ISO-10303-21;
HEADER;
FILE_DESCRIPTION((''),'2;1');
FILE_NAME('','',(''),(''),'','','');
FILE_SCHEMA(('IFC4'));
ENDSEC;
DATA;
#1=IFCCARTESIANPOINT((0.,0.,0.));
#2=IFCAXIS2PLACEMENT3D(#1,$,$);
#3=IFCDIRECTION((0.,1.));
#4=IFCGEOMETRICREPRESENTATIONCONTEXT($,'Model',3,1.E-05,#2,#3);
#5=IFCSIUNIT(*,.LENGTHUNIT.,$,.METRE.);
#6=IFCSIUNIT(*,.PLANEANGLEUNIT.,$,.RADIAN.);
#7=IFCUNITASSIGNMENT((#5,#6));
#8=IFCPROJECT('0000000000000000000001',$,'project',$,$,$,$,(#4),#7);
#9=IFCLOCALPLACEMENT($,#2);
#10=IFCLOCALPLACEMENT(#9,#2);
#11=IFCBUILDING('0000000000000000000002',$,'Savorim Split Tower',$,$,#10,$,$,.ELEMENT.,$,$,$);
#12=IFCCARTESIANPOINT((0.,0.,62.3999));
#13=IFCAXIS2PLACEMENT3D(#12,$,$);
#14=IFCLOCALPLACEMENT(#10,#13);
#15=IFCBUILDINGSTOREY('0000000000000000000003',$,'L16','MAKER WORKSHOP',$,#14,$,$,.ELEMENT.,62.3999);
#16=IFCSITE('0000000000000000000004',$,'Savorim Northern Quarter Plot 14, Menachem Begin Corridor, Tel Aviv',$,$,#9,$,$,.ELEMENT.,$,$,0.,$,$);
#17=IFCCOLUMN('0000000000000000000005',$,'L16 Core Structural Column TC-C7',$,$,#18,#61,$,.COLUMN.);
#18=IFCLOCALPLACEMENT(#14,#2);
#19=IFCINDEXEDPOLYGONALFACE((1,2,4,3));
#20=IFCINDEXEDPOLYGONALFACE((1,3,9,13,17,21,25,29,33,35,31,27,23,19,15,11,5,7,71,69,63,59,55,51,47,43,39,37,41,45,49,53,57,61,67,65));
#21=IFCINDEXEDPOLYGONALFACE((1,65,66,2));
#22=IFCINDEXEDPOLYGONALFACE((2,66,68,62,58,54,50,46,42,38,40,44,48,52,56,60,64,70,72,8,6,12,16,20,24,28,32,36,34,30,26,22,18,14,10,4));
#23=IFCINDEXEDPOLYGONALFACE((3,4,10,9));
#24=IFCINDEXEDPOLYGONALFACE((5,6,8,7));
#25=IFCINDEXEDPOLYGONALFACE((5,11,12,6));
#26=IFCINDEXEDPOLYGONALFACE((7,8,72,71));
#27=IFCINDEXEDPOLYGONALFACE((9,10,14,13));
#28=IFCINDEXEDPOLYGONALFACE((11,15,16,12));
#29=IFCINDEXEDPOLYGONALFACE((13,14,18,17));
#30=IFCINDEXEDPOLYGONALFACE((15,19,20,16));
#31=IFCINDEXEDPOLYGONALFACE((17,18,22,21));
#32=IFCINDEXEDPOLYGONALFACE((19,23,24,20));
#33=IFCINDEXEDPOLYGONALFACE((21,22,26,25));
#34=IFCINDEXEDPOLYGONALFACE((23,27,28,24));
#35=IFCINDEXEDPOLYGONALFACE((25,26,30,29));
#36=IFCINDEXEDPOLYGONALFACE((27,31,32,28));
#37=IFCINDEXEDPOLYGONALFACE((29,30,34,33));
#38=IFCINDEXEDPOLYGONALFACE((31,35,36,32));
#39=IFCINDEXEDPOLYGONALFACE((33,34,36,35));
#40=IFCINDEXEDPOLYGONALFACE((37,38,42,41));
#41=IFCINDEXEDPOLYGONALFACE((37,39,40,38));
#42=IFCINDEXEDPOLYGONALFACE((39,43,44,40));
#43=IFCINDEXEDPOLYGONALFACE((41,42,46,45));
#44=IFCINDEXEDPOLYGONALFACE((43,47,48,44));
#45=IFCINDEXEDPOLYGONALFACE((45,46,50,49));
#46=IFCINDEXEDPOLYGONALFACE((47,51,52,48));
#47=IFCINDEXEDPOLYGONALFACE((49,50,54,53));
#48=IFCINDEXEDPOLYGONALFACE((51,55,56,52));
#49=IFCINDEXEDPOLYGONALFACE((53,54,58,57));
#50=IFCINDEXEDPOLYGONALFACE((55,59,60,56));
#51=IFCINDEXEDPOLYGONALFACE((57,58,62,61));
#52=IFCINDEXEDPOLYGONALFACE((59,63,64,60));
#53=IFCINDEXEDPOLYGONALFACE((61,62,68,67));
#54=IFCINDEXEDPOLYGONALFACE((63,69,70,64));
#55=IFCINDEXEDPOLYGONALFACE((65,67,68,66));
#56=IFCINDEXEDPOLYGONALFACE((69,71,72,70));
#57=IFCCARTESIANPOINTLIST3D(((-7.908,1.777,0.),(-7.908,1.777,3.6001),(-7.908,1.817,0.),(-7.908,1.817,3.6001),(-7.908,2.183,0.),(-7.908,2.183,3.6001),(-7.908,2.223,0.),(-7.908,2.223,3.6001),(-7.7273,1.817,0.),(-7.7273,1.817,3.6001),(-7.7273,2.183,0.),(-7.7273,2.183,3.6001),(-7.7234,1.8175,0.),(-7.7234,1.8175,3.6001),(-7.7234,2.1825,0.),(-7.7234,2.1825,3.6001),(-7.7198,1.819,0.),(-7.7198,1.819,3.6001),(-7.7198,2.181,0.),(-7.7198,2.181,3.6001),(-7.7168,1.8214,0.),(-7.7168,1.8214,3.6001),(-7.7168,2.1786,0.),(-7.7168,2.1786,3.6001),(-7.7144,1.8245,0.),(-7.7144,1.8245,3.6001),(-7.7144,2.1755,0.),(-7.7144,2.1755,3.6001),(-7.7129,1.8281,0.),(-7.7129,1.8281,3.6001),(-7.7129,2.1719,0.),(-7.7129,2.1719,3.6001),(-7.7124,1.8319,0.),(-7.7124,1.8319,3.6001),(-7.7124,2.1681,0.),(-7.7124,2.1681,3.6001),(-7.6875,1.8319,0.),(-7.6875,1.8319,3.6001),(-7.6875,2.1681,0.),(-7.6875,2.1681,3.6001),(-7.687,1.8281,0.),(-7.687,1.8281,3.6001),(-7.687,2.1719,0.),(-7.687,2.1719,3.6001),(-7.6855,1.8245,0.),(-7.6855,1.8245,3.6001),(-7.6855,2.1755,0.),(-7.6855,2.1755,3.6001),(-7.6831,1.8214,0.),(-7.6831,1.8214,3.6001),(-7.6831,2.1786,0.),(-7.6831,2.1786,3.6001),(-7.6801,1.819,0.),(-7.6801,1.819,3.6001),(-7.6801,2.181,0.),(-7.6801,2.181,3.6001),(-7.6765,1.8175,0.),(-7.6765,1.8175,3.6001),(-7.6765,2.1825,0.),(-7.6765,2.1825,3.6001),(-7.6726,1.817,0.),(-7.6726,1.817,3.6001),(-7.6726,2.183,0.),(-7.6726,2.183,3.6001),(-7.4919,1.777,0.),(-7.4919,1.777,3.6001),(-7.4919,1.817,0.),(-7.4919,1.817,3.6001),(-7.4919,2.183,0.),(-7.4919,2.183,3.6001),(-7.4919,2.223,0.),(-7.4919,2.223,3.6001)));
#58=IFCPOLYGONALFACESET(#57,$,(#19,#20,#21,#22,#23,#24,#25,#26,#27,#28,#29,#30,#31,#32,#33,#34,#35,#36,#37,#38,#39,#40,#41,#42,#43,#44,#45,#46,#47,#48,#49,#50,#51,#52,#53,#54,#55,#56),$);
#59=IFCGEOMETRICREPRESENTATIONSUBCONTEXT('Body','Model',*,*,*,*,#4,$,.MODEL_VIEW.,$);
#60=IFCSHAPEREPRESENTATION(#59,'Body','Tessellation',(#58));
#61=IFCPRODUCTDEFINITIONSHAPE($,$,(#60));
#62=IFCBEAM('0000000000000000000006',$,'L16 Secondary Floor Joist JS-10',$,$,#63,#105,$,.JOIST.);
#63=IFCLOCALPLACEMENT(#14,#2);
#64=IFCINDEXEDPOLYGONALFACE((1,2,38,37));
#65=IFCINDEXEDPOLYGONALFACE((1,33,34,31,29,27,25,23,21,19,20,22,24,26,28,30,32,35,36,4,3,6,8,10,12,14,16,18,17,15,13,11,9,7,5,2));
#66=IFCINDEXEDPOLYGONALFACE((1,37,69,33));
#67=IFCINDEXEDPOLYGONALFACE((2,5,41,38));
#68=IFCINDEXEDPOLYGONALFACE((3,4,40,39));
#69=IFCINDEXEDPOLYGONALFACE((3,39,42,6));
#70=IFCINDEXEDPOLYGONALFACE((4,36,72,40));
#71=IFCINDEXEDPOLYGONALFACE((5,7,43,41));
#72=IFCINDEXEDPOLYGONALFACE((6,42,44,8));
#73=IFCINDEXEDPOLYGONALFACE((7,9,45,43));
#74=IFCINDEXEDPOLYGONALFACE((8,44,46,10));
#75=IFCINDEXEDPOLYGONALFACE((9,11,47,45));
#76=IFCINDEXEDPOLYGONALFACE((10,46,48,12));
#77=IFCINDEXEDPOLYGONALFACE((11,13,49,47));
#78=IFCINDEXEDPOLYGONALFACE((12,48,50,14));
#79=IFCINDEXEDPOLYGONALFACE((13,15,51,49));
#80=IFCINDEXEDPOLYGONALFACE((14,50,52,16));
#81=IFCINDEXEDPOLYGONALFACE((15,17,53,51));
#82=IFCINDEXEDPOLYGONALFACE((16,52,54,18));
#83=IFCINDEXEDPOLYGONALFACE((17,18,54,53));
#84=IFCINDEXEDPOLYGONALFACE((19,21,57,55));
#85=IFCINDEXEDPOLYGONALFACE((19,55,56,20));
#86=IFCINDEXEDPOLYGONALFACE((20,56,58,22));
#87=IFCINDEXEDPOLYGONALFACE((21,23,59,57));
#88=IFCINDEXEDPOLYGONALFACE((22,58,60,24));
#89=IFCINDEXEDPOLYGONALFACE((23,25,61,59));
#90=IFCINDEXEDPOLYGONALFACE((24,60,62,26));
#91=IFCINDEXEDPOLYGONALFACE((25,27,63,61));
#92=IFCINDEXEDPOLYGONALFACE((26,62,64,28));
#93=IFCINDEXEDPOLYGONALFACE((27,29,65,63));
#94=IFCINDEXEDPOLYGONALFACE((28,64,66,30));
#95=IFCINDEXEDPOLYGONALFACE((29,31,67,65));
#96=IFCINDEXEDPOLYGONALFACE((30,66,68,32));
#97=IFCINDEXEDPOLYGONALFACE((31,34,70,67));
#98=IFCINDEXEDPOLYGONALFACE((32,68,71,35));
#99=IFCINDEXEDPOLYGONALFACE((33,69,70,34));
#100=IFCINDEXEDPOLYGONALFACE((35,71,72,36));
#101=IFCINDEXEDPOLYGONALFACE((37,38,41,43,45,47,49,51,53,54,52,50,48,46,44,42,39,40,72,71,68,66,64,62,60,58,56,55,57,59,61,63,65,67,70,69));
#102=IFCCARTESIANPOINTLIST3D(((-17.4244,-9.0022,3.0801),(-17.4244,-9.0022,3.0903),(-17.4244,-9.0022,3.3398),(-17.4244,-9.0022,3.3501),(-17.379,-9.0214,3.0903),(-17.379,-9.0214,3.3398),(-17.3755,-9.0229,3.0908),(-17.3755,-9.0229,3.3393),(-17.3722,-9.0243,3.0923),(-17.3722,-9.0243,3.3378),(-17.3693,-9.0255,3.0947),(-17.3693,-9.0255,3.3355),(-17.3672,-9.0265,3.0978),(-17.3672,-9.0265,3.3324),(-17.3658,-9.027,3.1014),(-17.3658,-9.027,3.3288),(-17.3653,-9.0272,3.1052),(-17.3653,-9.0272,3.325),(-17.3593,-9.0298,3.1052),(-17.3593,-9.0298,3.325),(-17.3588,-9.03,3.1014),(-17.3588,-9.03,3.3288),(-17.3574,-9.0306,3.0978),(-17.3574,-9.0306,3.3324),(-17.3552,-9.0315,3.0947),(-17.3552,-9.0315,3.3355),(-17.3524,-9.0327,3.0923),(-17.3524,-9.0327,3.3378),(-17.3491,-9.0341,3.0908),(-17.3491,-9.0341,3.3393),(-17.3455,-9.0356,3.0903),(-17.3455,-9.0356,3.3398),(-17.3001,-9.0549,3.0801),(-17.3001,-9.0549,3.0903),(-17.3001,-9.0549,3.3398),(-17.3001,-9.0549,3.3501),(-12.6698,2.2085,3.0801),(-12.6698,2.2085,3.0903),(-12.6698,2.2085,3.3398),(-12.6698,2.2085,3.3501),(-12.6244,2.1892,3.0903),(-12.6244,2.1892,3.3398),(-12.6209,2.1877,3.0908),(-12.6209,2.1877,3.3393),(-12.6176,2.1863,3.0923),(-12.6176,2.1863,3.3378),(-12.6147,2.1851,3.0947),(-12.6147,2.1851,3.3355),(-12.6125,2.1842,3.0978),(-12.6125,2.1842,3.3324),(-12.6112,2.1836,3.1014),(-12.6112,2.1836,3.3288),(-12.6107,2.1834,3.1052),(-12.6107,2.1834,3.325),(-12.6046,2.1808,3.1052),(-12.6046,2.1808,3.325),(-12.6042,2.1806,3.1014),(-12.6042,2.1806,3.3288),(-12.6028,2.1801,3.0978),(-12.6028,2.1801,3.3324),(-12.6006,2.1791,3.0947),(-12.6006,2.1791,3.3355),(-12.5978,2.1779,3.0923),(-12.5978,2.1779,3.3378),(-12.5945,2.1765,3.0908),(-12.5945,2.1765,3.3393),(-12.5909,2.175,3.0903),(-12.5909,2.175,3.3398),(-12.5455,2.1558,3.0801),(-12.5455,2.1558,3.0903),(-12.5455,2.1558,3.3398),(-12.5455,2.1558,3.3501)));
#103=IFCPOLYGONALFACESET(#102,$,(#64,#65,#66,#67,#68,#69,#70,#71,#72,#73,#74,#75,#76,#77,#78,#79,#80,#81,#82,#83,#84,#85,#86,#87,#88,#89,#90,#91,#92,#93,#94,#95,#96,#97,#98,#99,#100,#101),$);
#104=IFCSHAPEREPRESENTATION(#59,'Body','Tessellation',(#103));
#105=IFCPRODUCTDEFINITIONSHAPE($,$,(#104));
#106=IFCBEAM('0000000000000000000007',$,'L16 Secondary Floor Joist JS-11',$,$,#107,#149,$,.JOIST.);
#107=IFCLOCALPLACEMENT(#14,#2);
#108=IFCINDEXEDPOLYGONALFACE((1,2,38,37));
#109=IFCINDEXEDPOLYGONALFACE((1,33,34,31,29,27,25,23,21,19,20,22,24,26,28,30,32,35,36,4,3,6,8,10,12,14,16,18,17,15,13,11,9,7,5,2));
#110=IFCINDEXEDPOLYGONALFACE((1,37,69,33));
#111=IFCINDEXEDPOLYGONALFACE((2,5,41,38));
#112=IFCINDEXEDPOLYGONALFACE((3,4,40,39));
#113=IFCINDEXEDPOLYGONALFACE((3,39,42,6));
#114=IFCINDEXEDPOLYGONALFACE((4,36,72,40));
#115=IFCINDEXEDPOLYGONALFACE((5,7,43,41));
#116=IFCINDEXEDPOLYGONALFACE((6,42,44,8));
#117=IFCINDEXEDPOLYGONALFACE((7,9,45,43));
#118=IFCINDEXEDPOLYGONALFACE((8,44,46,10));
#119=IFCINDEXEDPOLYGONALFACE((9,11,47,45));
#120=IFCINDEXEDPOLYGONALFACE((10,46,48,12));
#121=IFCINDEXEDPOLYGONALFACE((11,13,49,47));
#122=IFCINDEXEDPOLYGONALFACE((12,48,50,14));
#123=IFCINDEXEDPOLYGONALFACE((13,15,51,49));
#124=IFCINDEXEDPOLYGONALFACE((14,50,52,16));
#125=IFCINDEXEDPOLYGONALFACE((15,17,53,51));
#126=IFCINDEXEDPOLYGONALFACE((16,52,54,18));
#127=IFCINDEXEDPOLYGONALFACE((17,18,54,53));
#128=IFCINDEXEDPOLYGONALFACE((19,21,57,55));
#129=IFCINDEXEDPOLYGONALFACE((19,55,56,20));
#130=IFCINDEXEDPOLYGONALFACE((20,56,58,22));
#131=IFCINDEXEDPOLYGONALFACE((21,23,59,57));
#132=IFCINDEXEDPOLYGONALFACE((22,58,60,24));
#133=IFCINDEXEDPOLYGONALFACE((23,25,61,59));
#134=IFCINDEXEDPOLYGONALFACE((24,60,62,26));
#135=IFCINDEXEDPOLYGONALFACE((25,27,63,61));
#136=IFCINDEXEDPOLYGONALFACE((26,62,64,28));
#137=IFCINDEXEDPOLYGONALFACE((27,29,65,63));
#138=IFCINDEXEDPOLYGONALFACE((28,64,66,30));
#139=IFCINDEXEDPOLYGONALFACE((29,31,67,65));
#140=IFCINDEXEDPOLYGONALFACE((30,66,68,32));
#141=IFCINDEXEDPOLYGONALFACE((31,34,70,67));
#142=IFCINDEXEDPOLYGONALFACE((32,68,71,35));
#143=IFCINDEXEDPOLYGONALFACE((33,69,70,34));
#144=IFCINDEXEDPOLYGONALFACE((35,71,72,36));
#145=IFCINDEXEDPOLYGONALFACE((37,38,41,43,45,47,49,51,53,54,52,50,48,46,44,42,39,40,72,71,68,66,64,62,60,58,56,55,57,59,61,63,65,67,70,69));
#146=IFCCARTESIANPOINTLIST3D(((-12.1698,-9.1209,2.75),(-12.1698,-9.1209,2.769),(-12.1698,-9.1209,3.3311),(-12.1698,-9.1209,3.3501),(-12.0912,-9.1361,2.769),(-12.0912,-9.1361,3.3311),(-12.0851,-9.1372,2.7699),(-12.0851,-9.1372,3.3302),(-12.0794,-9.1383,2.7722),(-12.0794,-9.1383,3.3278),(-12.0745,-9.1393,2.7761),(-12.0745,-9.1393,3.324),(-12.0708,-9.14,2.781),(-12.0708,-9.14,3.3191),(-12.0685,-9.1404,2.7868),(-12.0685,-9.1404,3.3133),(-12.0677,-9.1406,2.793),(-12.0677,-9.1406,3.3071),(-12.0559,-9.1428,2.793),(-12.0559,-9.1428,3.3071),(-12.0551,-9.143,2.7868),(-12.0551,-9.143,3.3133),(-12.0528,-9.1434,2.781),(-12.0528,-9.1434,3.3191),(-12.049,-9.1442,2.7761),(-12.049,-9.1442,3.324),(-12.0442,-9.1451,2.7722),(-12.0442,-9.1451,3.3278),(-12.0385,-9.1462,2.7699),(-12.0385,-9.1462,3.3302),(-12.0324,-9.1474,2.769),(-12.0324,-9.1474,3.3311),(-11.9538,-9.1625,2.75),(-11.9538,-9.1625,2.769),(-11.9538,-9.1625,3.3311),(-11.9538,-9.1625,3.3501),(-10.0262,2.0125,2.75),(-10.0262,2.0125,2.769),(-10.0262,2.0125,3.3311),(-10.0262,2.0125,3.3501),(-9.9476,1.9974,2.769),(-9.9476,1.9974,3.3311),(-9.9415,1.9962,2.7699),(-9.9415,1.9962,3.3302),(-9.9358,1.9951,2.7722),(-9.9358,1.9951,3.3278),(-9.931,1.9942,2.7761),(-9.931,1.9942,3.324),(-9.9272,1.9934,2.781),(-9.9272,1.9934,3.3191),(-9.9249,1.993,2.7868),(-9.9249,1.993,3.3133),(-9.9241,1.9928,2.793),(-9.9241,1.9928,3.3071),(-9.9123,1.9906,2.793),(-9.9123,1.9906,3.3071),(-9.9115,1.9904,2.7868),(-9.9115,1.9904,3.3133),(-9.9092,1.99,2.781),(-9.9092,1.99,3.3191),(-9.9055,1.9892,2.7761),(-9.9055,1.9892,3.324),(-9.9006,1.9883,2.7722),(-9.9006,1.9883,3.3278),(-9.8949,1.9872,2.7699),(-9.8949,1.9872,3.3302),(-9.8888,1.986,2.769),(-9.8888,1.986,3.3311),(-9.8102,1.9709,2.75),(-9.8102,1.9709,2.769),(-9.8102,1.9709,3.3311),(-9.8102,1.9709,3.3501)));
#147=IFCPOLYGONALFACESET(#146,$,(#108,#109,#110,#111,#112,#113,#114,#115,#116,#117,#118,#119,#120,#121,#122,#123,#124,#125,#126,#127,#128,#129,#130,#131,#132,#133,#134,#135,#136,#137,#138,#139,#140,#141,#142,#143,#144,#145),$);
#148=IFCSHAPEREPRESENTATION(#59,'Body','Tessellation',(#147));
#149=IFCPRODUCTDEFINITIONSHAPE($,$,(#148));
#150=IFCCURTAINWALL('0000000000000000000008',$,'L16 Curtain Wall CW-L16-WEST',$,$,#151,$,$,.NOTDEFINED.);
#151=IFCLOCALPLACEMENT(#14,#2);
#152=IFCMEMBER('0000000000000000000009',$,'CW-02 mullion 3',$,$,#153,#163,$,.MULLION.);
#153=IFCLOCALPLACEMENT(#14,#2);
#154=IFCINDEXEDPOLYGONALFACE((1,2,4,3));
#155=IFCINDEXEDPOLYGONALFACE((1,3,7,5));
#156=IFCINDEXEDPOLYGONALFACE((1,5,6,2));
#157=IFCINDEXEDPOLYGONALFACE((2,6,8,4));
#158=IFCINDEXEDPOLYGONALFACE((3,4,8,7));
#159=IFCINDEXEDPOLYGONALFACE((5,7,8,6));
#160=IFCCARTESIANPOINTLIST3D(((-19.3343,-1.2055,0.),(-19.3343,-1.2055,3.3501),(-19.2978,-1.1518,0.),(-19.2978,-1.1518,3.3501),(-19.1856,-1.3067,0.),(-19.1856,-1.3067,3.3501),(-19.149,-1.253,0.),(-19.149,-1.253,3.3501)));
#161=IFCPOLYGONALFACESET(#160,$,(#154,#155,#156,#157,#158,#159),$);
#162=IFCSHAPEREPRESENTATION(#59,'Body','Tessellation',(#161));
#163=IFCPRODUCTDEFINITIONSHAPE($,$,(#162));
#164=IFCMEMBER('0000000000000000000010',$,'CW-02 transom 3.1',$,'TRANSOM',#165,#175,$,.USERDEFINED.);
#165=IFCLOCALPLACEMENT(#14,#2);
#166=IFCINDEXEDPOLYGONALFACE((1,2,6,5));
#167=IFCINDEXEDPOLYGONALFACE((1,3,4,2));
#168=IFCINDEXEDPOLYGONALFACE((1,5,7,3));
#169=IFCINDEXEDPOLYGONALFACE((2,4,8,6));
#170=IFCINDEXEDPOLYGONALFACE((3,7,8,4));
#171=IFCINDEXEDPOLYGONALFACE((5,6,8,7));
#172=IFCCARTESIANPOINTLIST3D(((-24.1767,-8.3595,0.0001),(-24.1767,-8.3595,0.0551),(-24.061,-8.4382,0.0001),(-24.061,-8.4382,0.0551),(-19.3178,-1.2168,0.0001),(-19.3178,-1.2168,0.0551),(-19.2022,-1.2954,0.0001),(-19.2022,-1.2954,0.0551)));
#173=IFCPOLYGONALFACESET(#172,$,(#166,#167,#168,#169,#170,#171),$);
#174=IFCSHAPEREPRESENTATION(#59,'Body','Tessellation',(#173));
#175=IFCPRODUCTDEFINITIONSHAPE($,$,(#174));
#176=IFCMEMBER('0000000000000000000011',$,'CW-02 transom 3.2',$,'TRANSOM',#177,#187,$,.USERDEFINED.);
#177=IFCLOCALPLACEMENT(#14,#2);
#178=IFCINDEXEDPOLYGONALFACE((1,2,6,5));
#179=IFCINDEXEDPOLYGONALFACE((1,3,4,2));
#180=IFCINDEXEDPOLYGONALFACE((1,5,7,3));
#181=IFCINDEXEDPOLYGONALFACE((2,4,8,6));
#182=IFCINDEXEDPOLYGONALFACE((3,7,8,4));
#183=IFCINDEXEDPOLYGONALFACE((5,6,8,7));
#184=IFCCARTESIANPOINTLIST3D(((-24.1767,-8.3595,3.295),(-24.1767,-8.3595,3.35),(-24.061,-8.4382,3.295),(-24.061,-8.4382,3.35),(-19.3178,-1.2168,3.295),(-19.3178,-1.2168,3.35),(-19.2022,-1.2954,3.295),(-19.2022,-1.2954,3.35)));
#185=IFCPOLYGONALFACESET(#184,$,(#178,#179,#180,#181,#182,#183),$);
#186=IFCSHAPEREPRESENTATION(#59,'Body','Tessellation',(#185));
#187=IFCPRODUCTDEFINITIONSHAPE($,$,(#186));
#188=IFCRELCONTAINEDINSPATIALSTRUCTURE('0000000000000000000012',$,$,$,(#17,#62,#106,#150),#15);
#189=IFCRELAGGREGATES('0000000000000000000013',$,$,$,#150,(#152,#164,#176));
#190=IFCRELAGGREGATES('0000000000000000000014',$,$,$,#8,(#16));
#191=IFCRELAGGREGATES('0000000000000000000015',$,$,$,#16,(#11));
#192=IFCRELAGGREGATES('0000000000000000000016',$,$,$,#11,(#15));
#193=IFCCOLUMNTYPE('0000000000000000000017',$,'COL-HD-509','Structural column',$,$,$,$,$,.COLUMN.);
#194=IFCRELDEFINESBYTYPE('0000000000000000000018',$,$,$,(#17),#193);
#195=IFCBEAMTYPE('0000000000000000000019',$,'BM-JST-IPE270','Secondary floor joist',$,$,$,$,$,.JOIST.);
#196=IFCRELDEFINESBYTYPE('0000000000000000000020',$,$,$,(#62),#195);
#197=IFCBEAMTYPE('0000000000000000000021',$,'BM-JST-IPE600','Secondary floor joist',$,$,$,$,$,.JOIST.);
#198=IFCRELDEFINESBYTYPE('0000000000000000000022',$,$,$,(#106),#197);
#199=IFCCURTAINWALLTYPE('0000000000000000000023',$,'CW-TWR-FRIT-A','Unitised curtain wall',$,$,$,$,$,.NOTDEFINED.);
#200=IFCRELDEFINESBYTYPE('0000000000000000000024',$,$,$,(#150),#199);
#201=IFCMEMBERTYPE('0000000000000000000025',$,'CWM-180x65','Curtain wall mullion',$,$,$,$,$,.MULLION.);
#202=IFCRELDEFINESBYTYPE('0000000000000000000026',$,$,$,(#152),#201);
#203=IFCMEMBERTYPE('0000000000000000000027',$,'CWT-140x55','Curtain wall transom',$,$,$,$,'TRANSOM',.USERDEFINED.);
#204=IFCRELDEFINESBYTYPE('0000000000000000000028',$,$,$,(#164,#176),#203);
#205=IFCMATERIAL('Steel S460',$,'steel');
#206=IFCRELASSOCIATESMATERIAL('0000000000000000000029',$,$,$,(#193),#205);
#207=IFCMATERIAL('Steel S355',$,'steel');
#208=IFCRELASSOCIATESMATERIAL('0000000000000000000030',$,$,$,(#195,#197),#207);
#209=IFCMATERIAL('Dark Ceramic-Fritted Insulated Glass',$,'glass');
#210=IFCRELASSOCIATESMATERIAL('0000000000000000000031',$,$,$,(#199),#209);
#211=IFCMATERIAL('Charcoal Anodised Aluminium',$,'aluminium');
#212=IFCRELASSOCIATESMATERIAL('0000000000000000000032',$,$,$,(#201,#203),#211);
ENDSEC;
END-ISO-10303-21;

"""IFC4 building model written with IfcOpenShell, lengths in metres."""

from ifc_helpers import new_model, si_unit, direction, frame, origin, origin_2d, place, context, subcontext, project, spatial, rectangle, i_section, extrude, material, material_profile, profile_set, type_object, element, aggregate, save


model = new_model("IFC4")

# Units and contexts
model_context = context("Model", 3, precision=1e-05, world=origin(), true_north=direction((0.0, 1.0)))
body_context = subcontext(model_context, "Body", "Model", "MODEL_VIEW")
ifc_project = project(units=[si_unit("LENGTHUNIT", "METRE"), si_unit("PLANEANGLEUNIT", "RADIAN")], contexts=[model_context])

# Site, building, storey
site_placement = place(None, origin())
site = spatial("IfcSite", under=ifc_project, at=site_placement, Name="Savorim Northern Quarter Plot 14, Menachem Begin Corridor, Tel Aviv", CompositionType="ELEMENT", RefElevation=0.0)
building_placement = place(site_placement, origin())
building = spatial("IfcBuilding", under=site, at=building_placement, Name="Savorim Split Tower", CompositionType="ELEMENT")
storey_placement = place(building_placement, frame((0.0, 0.0, 62.3999)))
storey = spatial("IfcBuildingStorey", under=building, at=storey_placement, Name="L16", Description="MAKER WORKSHOP", CompositionType="ELEMENT", Elevation=62.3999)

# Column
ifc_material_1 = material(Name="Steel S460", Category="steel")
ifc_material_profile_1 = material_profile(ifc_material_1, i_section(OverallWidth=0.416, OverallDepth=0.446, WebThickness=0.0249, FlangeThickness=0.04, FilletRadius=0.0149, at=origin_2d()), Name="HD 400x509")
ifc_profile_set_1 = profile_set([ifc_material_profile_1], Name="Steel S460")
column_type = type_object("IfcColumnType", Name="COL-HD-509", Description="Structural column", PredefinedType="COLUMN", material=ifc_profile_set_1)
column_placement = place(storey_placement, frame((-7.7, 2.0, 0.0), z_axis=(0.0, 0.0, 1.0), x_axis=(1.0, 0.0, 0.0)))
element("IfcColumn", 1, at=column_placement, inside=storey, type_object=column_type, Name="L16 Core Structural Column TC-C7", PredefinedType="COLUMN", context=body_context, shape_type="SweptSolid", body=[
    extrude(i_section(OverallWidth=0.416, OverallDepth=0.446, WebThickness=0.0249, FlangeThickness=0.04, FilletRadius=0.0149, at=origin_2d()), origin(), (0.0, 0.0, 1.0), 3.6001),
])

# Beams
ifc_material_2 = material(Name="Steel S355", Category="steel")
ifc_material_profile_2 = material_profile(ifc_material_2, i_section(OverallWidth=0.135, OverallDepth=0.27, WebThickness=0.0066, FlangeThickness=0.0103, FilletRadius=0.0149, at=origin_2d()), Name="IPE 270")
ifc_profile_set_2 = profile_set([ifc_material_profile_2], Name="Steel S355")
beam_type_1 = type_object("IfcBeamType", Name="BM-JST-IPE270", Description="Secondary floor joist", PredefinedType="JOIST", material=ifc_profile_set_2)
beam_1_placement = place(storey_placement, frame((-12.6077, 2.1821, 3.2151), z_axis=(-0.390452, -0.920623, 0.0), x_axis=(0.920623, -0.390452, 0.0)))
element("IfcBeam", 2, at=beam_1_placement, inside=storey, type_object=beam_type_1, Name="L16 Secondary Floor Joist JS-10", PredefinedType="JOIST", context=body_context, shape_type="SweptSolid", body=[
    extrude(i_section(OverallWidth=0.135, OverallDepth=0.27, WebThickness=0.0066, FlangeThickness=0.0103, FilletRadius=0.0149, at=origin_2d()), origin(), (0.0, 0.0, 1.0), 12.1772),
])
ifc_material_profile_3 = material_profile(ifc_material_2, i_section(OverallWidth=0.22, OverallDepth=0.6001, WebThickness=0.012, FlangeThickness=0.019, FilletRadius=0.0239, at=origin_2d()), Name="IPE 600")
ifc_profile_set_3 = profile_set([ifc_material_profile_3], Name="Steel S355")
beam_type_2 = type_object("IfcBeamType", Name="BM-JST-IPE600", Description="Secondary floor joist", PredefinedType="JOIST", material=ifc_profile_set_3)
beam_2_placement = place(storey_placement, frame((-9.9182, 1.9917, 3.05), z_axis=(-0.189063, -0.981965, 0.0), x_axis=(0.981965, -0.189063, 0.0)))
element("IfcBeam", 3, at=beam_2_placement, inside=storey, type_object=beam_type_2, Name="L16 Secondary Floor Joist JS-11", PredefinedType="JOIST", context=body_context, shape_type="SweptSolid", body=[
    extrude(i_section(OverallWidth=0.22, OverallDepth=0.6001, WebThickness=0.012, FlangeThickness=0.019, FilletRadius=0.0239, at=origin_2d()), origin(), (0.0, 0.0, 1.0), 11.3379),
])

# Curtain wall, members
ifc_material_3 = material(Name="Dark Ceramic-Fritted Insulated Glass", Category="glass")
curtain_wall_type = type_object("IfcCurtainWallType", Name="CW-TWR-FRIT-A", Description="Unitised curtain wall", PredefinedType="NOTDEFINED", material=ifc_material_3)
curtain_wall_placement = place(storey_placement, origin())
curtain_wall = element("IfcCurtainWall", 4, at=curtain_wall_placement, inside=storey, type_object=curtain_wall_type, Name="L16 Curtain Wall CW-L16-WEST", PredefinedType="NOTDEFINED")
ifc_material_4 = material(Name="Charcoal Anodised Aluminium", Category="aluminium")
ifc_material_profile_4 = material_profile(ifc_material_4, rectangle(XDim=0.1799, YDim=0.0649, at=origin_2d()), Name="ALU-M 180x65")
ifc_profile_set_4 = profile_set([ifc_material_profile_4], Name="Charcoal Anodised Aluminium")
member_type_1 = type_object("IfcMemberType", Name="CWM-180x65", Description="Curtain wall mullion", PredefinedType="MULLION", material=ifc_profile_set_4)
member_1_placement = place(storey_placement, frame((-19.2417, -1.2292, 0.0), z_axis=(0.0, 0.0, 1.0), x_axis=(0.82682, -0.562466, 0.0)))
member_1 = element("IfcMember", 5, at=member_1_placement, type_object=member_type_1, Name="CW-02 mullion 3", PredefinedType="MULLION", context=body_context, shape_type="SweptSolid", body=[
    extrude(rectangle(XDim=0.1799, YDim=0.0649, at=origin_2d()), origin(), (0.0, 0.0, 1.0), 3.3501),
])
ifc_material_profile_5 = material_profile(ifc_material_4, rectangle(XDim=0.1399, YDim=0.0549, at=origin_2d()), Name="ALU-T 140x55")
ifc_profile_set_5 = profile_set([ifc_material_profile_5], Name="Charcoal Anodised Aluminium")
member_type_2 = type_object("IfcMemberType", Name="CWT-140x55", Description="Curtain wall transom", ElementType="TRANSOM", PredefinedType="USERDEFINED", material=ifc_profile_set_5)
member_2_placement = place(storey_placement, frame((-19.26, -1.2561, 0.0276), z_axis=(-0.56245, -0.826831, 0.0), x_axis=(0.826831, -0.56245, 0.0)))
member_2 = element("IfcMember", 6, at=member_2_placement, type_object=member_type_2, Name="CW-02 transom 3.1", ObjectType="TRANSOM", PredefinedType="USERDEFINED", context=body_context, shape_type="SweptSolid", body=[
    extrude(rectangle(XDim=0.1399, YDim=0.0549, at=origin_2d()), origin(), (0.0, 0.0, 1.0), 8.6387),
])
member_3_placement = place(storey_placement, frame((-19.26, -1.2561, 3.3225), z_axis=(-0.56245, -0.826831, 0.0), x_axis=(0.826831, -0.56245, 0.0)))
member_3 = element("IfcMember", 7, at=member_3_placement, type_object=member_type_2, Name="CW-02 transom 3.2", ObjectType="TRANSOM", PredefinedType="USERDEFINED", context=body_context, shape_type="SweptSolid", body=[
    extrude(rectangle(XDim=0.1399, YDim=0.0549, at=origin_2d()), origin(), (0.0, 0.0, 1.0), 8.6387),
])
aggregate(curtain_wall, [member_1, member_2, member_3])

save(model, "model.ifc")
